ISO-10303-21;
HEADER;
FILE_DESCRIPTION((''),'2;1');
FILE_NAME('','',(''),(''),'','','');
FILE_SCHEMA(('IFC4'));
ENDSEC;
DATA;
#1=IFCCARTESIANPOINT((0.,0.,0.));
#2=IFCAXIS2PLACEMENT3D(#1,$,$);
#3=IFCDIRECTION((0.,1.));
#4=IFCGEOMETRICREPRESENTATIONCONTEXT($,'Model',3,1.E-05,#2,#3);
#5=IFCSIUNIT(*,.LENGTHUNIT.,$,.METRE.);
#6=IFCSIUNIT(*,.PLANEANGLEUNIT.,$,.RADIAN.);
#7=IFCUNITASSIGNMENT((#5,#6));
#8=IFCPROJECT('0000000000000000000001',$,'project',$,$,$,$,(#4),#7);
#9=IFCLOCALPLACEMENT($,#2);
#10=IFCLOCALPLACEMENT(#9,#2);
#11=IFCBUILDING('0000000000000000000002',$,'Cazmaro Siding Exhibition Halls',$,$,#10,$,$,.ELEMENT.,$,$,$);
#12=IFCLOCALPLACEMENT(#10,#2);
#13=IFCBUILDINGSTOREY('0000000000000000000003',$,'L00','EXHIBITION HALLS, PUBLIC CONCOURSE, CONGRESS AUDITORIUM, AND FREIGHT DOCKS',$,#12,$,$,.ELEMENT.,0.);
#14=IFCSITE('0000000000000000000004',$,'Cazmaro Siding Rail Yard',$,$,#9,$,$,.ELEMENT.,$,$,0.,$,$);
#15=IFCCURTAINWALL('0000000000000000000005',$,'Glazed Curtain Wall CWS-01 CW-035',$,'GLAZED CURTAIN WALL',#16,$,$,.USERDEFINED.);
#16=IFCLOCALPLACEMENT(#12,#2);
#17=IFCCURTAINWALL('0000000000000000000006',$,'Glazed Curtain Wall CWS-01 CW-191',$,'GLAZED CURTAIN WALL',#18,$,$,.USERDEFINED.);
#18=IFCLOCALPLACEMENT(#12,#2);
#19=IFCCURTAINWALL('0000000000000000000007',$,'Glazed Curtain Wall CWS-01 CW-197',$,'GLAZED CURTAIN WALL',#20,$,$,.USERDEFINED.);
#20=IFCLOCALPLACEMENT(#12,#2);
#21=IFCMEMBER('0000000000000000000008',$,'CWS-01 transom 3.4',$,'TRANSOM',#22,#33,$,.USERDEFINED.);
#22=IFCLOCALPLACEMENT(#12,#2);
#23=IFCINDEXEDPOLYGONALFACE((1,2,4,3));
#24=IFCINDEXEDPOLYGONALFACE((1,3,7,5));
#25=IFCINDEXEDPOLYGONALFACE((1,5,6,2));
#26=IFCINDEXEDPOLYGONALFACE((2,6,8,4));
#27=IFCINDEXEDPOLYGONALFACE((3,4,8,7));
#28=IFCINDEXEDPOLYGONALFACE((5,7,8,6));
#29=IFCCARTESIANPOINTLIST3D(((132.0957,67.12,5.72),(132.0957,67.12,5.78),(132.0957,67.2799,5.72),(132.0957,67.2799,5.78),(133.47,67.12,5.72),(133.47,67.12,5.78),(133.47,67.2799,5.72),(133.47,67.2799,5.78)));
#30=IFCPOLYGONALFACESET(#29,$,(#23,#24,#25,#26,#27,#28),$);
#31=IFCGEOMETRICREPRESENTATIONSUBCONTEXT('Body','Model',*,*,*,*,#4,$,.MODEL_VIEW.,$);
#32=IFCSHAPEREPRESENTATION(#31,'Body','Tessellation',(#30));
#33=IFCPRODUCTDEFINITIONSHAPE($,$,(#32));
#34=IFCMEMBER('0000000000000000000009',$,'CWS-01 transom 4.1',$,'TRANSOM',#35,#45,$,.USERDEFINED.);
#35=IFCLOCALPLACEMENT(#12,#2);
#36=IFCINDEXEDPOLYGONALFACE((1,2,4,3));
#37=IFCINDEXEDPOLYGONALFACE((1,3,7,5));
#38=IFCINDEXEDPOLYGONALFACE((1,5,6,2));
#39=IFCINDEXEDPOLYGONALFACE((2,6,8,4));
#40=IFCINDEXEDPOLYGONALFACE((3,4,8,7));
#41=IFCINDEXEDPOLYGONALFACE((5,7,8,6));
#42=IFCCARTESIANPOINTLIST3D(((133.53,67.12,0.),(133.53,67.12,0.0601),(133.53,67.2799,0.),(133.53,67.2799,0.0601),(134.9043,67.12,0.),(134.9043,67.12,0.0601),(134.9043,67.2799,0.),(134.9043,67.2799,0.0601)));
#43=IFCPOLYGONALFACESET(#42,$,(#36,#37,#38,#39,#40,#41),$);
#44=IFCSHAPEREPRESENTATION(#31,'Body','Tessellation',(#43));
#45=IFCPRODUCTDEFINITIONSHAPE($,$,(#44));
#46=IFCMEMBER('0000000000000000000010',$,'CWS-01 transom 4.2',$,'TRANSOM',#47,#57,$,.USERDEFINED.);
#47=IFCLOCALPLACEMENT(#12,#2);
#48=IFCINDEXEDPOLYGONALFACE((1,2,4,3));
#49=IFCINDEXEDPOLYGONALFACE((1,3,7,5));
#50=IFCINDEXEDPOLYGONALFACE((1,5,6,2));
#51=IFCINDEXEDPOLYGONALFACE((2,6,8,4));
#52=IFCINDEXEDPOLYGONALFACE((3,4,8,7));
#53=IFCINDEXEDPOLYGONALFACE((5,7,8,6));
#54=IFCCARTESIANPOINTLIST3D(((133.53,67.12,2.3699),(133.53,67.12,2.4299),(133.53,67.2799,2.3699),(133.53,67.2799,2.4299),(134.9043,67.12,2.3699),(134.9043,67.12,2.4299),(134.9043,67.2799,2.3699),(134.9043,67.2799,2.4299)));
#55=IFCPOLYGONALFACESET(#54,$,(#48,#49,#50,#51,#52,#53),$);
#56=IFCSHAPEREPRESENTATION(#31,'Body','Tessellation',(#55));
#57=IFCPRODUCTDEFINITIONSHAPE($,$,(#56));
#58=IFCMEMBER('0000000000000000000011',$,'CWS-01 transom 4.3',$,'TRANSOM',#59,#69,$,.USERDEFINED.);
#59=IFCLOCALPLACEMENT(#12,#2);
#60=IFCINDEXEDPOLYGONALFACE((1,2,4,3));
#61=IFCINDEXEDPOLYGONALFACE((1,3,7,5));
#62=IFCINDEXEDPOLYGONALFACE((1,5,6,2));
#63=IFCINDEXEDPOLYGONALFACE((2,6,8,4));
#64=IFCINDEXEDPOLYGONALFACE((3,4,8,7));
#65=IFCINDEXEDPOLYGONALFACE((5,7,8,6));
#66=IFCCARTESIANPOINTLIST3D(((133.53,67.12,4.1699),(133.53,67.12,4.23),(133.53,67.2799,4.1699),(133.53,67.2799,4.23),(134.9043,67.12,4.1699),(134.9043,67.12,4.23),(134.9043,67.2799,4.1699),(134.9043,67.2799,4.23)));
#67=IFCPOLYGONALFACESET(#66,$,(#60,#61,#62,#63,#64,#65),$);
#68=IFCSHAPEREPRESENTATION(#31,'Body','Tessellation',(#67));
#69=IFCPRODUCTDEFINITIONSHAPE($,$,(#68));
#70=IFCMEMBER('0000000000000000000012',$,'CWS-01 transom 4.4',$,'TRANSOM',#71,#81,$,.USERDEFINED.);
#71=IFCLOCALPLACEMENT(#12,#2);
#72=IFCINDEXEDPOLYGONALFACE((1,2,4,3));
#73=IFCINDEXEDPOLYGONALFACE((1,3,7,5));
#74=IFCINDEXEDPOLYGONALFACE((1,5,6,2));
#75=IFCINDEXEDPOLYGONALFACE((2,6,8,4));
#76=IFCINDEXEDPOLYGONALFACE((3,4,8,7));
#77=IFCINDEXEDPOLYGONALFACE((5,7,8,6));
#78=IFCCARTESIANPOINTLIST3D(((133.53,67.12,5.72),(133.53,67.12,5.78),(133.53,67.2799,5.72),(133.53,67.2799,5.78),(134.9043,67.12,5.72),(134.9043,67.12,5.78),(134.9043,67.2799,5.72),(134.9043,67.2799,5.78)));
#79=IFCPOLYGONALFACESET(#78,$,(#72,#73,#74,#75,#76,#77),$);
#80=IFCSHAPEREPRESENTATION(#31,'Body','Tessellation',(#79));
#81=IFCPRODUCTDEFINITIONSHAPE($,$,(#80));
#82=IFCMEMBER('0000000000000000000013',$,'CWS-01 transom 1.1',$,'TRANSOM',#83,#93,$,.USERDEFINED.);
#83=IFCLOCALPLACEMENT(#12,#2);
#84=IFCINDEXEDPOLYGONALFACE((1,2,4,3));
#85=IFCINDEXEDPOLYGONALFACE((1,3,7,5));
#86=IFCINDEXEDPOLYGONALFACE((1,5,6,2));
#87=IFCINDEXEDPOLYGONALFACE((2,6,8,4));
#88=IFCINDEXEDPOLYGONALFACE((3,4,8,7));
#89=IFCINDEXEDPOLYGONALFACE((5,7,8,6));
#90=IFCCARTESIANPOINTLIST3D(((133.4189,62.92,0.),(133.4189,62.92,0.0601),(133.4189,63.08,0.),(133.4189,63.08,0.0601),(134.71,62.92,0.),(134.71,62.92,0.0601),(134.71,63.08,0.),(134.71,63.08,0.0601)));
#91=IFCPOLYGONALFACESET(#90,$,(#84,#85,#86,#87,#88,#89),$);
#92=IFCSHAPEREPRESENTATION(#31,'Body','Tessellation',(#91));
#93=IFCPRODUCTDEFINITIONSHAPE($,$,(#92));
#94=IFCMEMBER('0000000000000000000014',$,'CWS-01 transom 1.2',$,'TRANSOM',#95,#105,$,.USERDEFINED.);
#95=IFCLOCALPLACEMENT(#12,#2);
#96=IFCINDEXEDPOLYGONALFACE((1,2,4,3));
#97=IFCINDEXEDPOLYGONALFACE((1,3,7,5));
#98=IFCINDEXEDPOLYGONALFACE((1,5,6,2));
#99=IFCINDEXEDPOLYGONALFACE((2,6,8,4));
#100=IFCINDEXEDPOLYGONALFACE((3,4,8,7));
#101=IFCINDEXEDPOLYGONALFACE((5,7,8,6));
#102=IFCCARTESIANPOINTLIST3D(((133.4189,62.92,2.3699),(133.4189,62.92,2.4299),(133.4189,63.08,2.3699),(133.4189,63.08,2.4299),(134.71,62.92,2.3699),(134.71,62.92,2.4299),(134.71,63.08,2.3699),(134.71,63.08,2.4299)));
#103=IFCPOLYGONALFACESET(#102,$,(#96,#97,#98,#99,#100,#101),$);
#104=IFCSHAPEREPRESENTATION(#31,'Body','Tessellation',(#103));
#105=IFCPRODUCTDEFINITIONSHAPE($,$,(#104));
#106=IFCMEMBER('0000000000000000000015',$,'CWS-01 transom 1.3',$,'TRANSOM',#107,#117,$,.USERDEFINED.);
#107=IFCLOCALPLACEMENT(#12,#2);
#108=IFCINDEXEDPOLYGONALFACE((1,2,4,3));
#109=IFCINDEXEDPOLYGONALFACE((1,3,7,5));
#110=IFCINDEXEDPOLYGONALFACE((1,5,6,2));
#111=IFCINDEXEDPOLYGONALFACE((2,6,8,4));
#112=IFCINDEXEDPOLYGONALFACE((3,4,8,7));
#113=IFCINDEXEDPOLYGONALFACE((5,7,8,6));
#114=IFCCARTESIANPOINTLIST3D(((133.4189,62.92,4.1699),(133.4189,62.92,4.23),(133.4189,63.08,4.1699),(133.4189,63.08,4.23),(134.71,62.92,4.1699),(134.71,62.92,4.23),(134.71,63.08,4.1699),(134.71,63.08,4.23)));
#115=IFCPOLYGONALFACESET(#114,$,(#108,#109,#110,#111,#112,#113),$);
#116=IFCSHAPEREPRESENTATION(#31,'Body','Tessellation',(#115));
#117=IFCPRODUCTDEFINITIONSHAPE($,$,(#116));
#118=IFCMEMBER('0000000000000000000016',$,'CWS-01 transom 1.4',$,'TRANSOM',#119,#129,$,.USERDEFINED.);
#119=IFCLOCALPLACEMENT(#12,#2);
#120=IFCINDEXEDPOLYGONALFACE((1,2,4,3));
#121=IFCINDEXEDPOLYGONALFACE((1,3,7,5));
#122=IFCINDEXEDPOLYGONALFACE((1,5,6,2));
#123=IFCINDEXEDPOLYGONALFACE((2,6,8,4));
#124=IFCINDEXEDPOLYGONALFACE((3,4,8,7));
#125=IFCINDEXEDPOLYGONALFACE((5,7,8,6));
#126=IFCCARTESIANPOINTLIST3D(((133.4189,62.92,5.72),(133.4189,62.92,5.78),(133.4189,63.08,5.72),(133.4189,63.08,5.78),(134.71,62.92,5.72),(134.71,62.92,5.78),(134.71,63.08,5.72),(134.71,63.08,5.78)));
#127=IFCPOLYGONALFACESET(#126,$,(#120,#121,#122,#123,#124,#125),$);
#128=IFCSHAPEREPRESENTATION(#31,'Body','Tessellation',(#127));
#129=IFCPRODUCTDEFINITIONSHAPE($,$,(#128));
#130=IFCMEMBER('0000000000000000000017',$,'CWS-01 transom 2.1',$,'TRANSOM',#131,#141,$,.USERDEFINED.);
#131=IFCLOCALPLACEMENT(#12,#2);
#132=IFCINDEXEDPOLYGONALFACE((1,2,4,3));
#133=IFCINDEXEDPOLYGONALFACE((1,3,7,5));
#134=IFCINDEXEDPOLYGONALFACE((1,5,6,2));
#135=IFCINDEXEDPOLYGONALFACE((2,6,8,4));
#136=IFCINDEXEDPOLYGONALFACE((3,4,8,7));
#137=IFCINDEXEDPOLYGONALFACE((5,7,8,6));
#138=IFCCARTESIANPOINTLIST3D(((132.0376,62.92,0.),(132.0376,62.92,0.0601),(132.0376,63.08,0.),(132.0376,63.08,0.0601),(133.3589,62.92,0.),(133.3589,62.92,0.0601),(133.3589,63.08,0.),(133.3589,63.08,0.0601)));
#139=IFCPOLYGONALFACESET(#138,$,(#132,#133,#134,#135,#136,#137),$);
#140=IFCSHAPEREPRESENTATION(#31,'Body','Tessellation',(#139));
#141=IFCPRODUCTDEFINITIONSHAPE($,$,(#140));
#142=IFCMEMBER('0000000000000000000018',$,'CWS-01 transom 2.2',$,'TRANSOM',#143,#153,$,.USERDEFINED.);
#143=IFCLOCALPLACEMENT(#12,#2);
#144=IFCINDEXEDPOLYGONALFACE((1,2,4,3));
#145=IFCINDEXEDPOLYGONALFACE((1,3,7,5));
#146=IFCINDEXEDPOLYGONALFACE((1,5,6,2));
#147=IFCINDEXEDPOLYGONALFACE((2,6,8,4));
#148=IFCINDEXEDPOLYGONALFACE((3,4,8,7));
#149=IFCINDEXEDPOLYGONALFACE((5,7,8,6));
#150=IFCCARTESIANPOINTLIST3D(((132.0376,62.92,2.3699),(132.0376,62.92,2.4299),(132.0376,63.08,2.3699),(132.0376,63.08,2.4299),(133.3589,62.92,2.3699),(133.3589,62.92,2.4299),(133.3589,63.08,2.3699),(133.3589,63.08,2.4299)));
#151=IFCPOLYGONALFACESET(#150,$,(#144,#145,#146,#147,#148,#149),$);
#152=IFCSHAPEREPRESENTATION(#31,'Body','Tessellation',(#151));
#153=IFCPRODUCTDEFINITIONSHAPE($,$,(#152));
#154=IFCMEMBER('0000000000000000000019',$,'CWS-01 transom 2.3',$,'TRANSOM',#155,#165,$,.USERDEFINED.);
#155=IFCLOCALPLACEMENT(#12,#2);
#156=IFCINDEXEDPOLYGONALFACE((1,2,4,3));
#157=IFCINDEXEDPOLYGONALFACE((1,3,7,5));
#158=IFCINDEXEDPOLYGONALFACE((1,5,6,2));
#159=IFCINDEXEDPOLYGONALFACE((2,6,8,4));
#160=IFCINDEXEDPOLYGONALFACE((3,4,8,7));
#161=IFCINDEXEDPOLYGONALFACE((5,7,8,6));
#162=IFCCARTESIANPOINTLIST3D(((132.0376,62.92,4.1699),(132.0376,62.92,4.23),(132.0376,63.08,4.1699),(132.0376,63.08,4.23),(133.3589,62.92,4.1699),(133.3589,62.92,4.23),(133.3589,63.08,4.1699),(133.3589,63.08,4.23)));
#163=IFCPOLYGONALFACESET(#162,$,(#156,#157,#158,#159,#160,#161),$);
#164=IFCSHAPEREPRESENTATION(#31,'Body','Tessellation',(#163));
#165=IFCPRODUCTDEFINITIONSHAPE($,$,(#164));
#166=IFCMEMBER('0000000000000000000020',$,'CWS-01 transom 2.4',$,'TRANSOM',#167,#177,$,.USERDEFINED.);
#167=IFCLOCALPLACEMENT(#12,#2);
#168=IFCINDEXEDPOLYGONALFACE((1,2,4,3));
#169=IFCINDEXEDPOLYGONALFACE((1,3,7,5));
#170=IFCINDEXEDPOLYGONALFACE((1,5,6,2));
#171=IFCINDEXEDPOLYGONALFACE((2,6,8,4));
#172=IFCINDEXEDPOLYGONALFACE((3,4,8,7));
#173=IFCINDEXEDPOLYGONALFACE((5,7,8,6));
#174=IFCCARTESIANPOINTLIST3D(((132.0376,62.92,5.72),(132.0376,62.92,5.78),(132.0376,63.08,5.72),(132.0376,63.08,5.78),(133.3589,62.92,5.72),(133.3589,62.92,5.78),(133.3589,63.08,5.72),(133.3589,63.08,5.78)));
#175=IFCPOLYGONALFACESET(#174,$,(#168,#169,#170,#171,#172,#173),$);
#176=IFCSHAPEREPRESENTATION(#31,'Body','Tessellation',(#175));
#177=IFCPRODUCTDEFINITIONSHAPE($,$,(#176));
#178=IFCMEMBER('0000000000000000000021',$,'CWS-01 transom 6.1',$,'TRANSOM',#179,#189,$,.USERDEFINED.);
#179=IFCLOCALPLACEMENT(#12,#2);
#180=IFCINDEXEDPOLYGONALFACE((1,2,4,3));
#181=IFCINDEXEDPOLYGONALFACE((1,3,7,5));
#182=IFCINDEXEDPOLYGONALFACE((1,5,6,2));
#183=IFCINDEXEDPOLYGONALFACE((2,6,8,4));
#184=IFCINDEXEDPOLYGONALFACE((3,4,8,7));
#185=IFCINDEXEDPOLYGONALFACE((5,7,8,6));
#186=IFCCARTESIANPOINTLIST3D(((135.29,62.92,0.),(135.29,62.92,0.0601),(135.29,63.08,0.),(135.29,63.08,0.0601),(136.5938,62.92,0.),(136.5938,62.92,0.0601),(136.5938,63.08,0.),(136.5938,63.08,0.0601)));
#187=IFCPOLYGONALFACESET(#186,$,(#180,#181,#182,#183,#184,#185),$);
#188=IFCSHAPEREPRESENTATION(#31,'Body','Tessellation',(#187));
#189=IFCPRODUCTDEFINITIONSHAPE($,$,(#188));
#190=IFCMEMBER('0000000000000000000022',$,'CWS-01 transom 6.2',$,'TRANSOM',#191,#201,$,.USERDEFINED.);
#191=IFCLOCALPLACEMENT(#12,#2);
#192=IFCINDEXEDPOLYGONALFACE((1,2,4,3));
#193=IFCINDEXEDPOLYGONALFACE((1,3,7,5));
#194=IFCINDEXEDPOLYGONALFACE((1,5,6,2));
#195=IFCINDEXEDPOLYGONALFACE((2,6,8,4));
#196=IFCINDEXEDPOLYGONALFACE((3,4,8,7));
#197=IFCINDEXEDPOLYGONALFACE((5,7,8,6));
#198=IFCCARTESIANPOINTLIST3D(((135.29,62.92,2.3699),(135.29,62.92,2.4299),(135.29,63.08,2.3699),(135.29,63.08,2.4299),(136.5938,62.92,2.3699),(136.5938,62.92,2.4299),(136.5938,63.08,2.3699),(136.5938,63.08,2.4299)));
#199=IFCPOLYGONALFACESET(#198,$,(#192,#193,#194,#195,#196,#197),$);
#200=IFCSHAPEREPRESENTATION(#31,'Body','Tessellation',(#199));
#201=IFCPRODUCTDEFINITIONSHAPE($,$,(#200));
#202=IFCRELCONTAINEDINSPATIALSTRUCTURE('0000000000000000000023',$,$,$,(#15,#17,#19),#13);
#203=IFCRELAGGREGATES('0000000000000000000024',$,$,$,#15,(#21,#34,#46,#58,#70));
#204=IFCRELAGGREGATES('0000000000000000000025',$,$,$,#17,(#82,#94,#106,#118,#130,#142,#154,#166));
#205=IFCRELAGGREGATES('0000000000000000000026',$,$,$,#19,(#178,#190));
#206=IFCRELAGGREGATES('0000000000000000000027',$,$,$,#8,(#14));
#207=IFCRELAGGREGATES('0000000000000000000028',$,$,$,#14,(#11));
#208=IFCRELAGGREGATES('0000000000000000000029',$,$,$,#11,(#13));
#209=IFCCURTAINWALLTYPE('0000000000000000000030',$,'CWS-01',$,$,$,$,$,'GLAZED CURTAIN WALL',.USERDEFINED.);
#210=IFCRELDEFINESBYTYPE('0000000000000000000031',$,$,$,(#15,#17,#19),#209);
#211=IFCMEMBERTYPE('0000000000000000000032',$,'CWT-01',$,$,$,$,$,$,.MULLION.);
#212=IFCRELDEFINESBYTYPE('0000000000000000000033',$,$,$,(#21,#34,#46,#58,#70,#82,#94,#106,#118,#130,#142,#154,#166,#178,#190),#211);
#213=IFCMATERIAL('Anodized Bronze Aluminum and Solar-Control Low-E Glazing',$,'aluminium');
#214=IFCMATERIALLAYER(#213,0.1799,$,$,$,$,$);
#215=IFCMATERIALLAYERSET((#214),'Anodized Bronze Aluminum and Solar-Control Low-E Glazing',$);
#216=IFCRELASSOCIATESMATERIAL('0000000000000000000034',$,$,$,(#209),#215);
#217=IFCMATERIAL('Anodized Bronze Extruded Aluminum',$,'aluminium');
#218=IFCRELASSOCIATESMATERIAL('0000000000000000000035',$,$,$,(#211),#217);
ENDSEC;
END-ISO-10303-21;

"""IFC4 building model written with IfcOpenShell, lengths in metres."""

from ifc_helpers import new_model, si_unit, direction, frame, origin, origin_2d, place, context, subcontext, project, spatial, rectangle, extrude, material, layer, layer_set, material_profile, profile_set, type_object, element, aggregate, save


model = new_model("IFC4")

# Units and contexts
model_context = context("Model", 3, precision=1e-05, world=origin(), true_north=direction((0.0, 1.0)))
body_context = subcontext(model_context, "Body", "Model", "MODEL_VIEW")
ifc_project = project(units=[si_unit("LENGTHUNIT", "METRE"), si_unit("PLANEANGLEUNIT", "RADIAN")], contexts=[model_context])

# Site, building, storey
site_placement = place(None, origin())
site = spatial("IfcSite", under=ifc_project, at=site_placement, Name="Cazmaro Siding Rail Yard", CompositionType="ELEMENT", RefElevation=0.0)
building_placement = place(site_placement, origin())
building = spatial("IfcBuilding", under=site, at=building_placement, Name="Cazmaro Siding Exhibition Halls", CompositionType="ELEMENT")
storey_placement = place(building_placement, origin())
storey = spatial("IfcBuildingStorey", under=building, at=storey_placement, Name="L00", Description="EXHIBITION HALLS, PUBLIC CONCOURSE, CONGRESS AUDITORIUM, AND FREIGHT DOCKS", CompositionType="ELEMENT", Elevation=0.0)

# Curtain wall
ifc_material_1 = material(Name="Anodized Bronze Aluminum and Solar-Control Low-E Glazing", Category="aluminium")
ifc_layer_1 = layer(ifc_material_1, 0.1799)
ifc_layer_set_1 = layer_set([ifc_layer_1], Name="Anodized Bronze Aluminum and Solar-Control Low-E Glazing")
curtain_wall_type = type_object("IfcCurtainWallType", Name="CWS-01", ElementType="GLAZED CURTAIN WALL", PredefinedType="USERDEFINED", material=ifc_layer_set_1)
curtain_wall_1_placement = place(storey_placement, origin())
curtain_wall_1 = element("IfcCurtainWall", 1, at=curtain_wall_1_placement, inside=storey, type_object=curtain_wall_type, Name="Glazed Curtain Wall CWS-01 CW-035", ObjectType="GLAZED CURTAIN WALL", PredefinedType="USERDEFINED")

# Curtain wall
curtain_wall_2_placement = place(storey_placement, origin())
curtain_wall_2 = element("IfcCurtainWall", 2, at=curtain_wall_2_placement, inside=storey, type_object=curtain_wall_type, Name="Glazed Curtain Wall CWS-01 CW-191", ObjectType="GLAZED CURTAIN WALL", PredefinedType="USERDEFINED")

# Curtain wall
curtain_wall_3_placement = place(storey_placement, origin())
curtain_wall_3 = element("IfcCurtainWall", 3, at=curtain_wall_3_placement, inside=storey, type_object=curtain_wall_type, Name="Glazed Curtain Wall CWS-01 CW-197", ObjectType="GLAZED CURTAIN WALL", PredefinedType="USERDEFINED")

# Members
ifc_material_2 = material(Name="Anodized Bronze Extruded Aluminum", Category="aluminium")
ifc_material_profile_1 = material_profile(ifc_material_2, rectangle(XDim=0.1599, YDim=0.0601, at=origin_2d()), Name="CWT-01")
ifc_profile_set_1 = profile_set([ifc_material_profile_1], Name="Anodized Bronze Extruded Aluminum")
member_type_1 = type_object("IfcMemberType", Name="CWT-01", PredefinedType="MULLION", material=ifc_profile_set_1)
member_1_placement = place(storey_placement, frame((132.0957, 67.2, 5.75), z_axis=(1.0, 0.0, 0.0), x_axis=(0.0, 1.0, 0.0)))
member_1 = element("IfcMember", 4, at=member_1_placement, type_object=member_type_1, Name="CWS-01 transom 3.4", ObjectType="TRANSOM", PredefinedType="USERDEFINED", context=body_context, shape_type="SweptSolid", body=[
    extrude(rectangle(XDim=0.1599, YDim=0.0601, at=origin_2d()), origin(), (0.0, 0.0, 1.0), 1.3743),
])
member_2_placement = place(storey_placement, frame((133.53, 67.2, 0.03), z_axis=(1.0, 0.0, 0.0), x_axis=(0.0, 1.0, 0.0)))
member_2 = element("IfcMember", 5, at=member_2_placement, type_object=member_type_1, Name="CWS-01 transom 4.1", ObjectType="TRANSOM", PredefinedType="USERDEFINED", context=body_context, shape_type="SweptSolid", body=[
    extrude(rectangle(XDim=0.1599, YDim=0.0601, at=origin_2d()), origin(), (0.0, 0.0, 1.0), 1.3743),
])
member_3_placement = place(storey_placement, frame((133.53, 67.2, 2.3999), z_axis=(1.0, 0.0, 0.0), x_axis=(0.0, 1.0, 0.0)))
member_3 = element("IfcMember", 6, at=member_3_placement, type_object=member_type_1, Name="CWS-01 transom 4.2", ObjectType="TRANSOM", PredefinedType="USERDEFINED", context=body_context, shape_type="SweptSolid", body=[
    extrude(rectangle(XDim=0.1599, YDim=0.0601, at=origin_2d()), origin(), (0.0, 0.0, 1.0), 1.3743),
])
member_4_placement = place(storey_placement, frame((133.53, 67.2, 4.2), z_axis=(1.0, 0.0, 0.0), x_axis=(0.0, 1.0, 0.0)))
member_4 = element("IfcMember", 7, at=member_4_placement, type_object=member_type_1, Name="CWS-01 transom 4.3", ObjectType="TRANSOM", PredefinedType="USERDEFINED", context=body_context, shape_type="SweptSolid", body=[
    extrude(rectangle(XDim=0.1599, YDim=0.0601, at=origin_2d()), origin(), (0.0, 0.0, 1.0), 1.3743),
])
member_5_placement = place(storey_placement, frame((133.53, 67.2, 5.75), z_axis=(1.0, 0.0, 0.0), x_axis=(0.0, 1.0, 0.0)))
member_5 = element("IfcMember", 8, at=member_5_placement, type_object=member_type_1, Name="CWS-01 transom 4.4", ObjectType="TRANSOM", PredefinedType="USERDEFINED", context=body_context, shape_type="SweptSolid", body=[
    extrude(rectangle(XDim=0.1599, YDim=0.0601, at=origin_2d()), origin(), (0.0, 0.0, 1.0), 1.3743),
])
member_6_placement = place(storey_placement, frame((134.71, 63.0, 0.03), z_axis=(-1.0, 0.0, 0.0), x_axis=(0.0, -1.0, 0.0)))
member_6 = element("IfcMember", 9, at=member_6_placement, type_object=member_type_1, Name="CWS-01 transom 1.1", ObjectType="TRANSOM", PredefinedType="USERDEFINED", context=body_context, shape_type="SweptSolid", body=[
    extrude(rectangle(XDim=0.1599, YDim=0.0601, at=origin_2d()), origin(), (0.0, 0.0, 1.0), 1.291),
])
member_7_placement = place(storey_placement, frame((134.71, 63.0, 2.3999), z_axis=(-1.0, 0.0, 0.0), x_axis=(0.0, -1.0, 0.0)))
member_7 = element("IfcMember", 10, at=member_7_placement, type_object=member_type_1, Name="CWS-01 transom 1.2", ObjectType="TRANSOM", PredefinedType="USERDEFINED", context=body_context, shape_type="SweptSolid", body=[
    extrude(rectangle(XDim=0.1599, YDim=0.0601, at=origin_2d()), origin(), (0.0, 0.0, 1.0), 1.291),
])
member_8_placement = place(storey_placement, frame((134.71, 63.0, 4.2), z_axis=(-1.0, 0.0, 0.0), x_axis=(0.0, -1.0, 0.0)))
member_8 = element("IfcMember", 11, at=member_8_placement, type_object=member_type_1, Name="CWS-01 transom 1.3", ObjectType="TRANSOM", PredefinedType="USERDEFINED", context=body_context, shape_type="SweptSolid", body=[
    extrude(rectangle(XDim=0.1599, YDim=0.0601, at=origin_2d()), origin(), (0.0, 0.0, 1.0), 1.291),
])
member_9_placement = place(storey_placement, frame((134.71, 63.0, 5.75), z_axis=(-1.0, 0.0, 0.0), x_axis=(0.0, -1.0, 0.0)))
member_9 = element("IfcMember", 12, at=member_9_placement, type_object=member_type_1, Name="CWS-01 transom 1.4", ObjectType="TRANSOM", PredefinedType="USERDEFINED", context=body_context, shape_type="SweptSolid", body=[
    extrude(rectangle(XDim=0.1599, YDim=0.0601, at=origin_2d()), origin(), (0.0, 0.0, 1.0), 1.291),
])
member_10_placement = place(storey_placement, frame((133.3589, 63.0, 0.03), z_axis=(-1.0, 0.0, 0.0), x_axis=(0.0, -1.0, 0.0)))
member_10 = element("IfcMember", 13, at=member_10_placement, type_object=member_type_1, Name="CWS-01 transom 2.1", ObjectType="TRANSOM", PredefinedType="USERDEFINED", context=body_context, shape_type="SweptSolid", body=[
    extrude(rectangle(XDim=0.1599, YDim=0.0601, at=origin_2d()), origin(), (0.0, 0.0, 1.0), 1.3213),
])
member_11_placement = place(storey_placement, frame((133.3589, 63.0, 2.3999), z_axis=(-1.0, 0.0, 0.0), x_axis=(0.0, -1.0, 0.0)))
member_11 = element("IfcMember", 14, at=member_11_placement, type_object=member_type_1, Name="CWS-01 transom 2.2", ObjectType="TRANSOM", PredefinedType="USERDEFINED", context=body_context, shape_type="SweptSolid", body=[
    extrude(rectangle(XDim=0.1599, YDim=0.0601, at=origin_2d()), origin(), (0.0, 0.0, 1.0), 1.3213),
])
member_12_placement = place(storey_placement, frame((133.3589, 63.0, 4.2), z_axis=(-1.0, 0.0, 0.0), x_axis=(0.0, -1.0, 0.0)))
member_12 = element("IfcMember", 15, at=member_12_placement, type_object=member_type_1, Name="CWS-01 transom 2.3", ObjectType="TRANSOM", PredefinedType="USERDEFINED", context=body_context, shape_type="SweptSolid", body=[
    extrude(rectangle(XDim=0.1599, YDim=0.0601, at=origin_2d()), origin(), (0.0, 0.0, 1.0), 1.3213),
])
member_13_placement = place(storey_placement, frame((133.3589, 63.0, 5.75), z_axis=(-1.0, 0.0, 0.0), x_axis=(0.0, -1.0, 0.0)))
member_13 = element("IfcMember", 16, at=member_13_placement, type_object=member_type_1, Name="CWS-01 transom 2.4", ObjectType="TRANSOM", PredefinedType="USERDEFINED", context=body_context, shape_type="SweptSolid", body=[
    extrude(rectangle(XDim=0.1599, YDim=0.0601, at=origin_2d()), origin(), (0.0, 0.0, 1.0), 1.3213),
])
member_14_placement = place(storey_placement, frame((136.5938, 63.0, 0.03), z_axis=(-1.0, 0.0, 0.0), x_axis=(0.0, -1.0, 0.0)))
member_14 = element("IfcMember", 17, at=member_14_placement, type_object=member_type_1, Name="CWS-01 transom 6.1", ObjectType="TRANSOM", PredefinedType="USERDEFINED", context=body_context, shape_type="SweptSolid", body=[
    extrude(rectangle(XDim=0.1599, YDim=0.0601, at=origin_2d()), origin(), (0.0, 0.0, 1.0), 1.3037),
])
member_15_placement = place(storey_placement, frame((136.5938, 63.0, 2.3999), z_axis=(-1.0, 0.0, 0.0), x_axis=(0.0, -1.0, 0.0)))
member_15 = element("IfcMember", 18, at=member_15_placement, type_object=member_type_1, Name="CWS-01 transom 6.2", ObjectType="TRANSOM", PredefinedType="USERDEFINED", context=body_context, shape_type="SweptSolid", body=[
    extrude(rectangle(XDim=0.1599, YDim=0.0601, at=origin_2d()), origin(), (0.0, 0.0, 1.0), 1.3037),
])

aggregate(curtain_wall_1, [member_1, member_2, member_3, member_4, member_5])
aggregate(curtain_wall_2, [member_6, member_7, member_8, member_9, member_10, member_11, member_12, member_13])
aggregate(curtain_wall_3, [member_14, member_15])

save(model, "model.ifc")
